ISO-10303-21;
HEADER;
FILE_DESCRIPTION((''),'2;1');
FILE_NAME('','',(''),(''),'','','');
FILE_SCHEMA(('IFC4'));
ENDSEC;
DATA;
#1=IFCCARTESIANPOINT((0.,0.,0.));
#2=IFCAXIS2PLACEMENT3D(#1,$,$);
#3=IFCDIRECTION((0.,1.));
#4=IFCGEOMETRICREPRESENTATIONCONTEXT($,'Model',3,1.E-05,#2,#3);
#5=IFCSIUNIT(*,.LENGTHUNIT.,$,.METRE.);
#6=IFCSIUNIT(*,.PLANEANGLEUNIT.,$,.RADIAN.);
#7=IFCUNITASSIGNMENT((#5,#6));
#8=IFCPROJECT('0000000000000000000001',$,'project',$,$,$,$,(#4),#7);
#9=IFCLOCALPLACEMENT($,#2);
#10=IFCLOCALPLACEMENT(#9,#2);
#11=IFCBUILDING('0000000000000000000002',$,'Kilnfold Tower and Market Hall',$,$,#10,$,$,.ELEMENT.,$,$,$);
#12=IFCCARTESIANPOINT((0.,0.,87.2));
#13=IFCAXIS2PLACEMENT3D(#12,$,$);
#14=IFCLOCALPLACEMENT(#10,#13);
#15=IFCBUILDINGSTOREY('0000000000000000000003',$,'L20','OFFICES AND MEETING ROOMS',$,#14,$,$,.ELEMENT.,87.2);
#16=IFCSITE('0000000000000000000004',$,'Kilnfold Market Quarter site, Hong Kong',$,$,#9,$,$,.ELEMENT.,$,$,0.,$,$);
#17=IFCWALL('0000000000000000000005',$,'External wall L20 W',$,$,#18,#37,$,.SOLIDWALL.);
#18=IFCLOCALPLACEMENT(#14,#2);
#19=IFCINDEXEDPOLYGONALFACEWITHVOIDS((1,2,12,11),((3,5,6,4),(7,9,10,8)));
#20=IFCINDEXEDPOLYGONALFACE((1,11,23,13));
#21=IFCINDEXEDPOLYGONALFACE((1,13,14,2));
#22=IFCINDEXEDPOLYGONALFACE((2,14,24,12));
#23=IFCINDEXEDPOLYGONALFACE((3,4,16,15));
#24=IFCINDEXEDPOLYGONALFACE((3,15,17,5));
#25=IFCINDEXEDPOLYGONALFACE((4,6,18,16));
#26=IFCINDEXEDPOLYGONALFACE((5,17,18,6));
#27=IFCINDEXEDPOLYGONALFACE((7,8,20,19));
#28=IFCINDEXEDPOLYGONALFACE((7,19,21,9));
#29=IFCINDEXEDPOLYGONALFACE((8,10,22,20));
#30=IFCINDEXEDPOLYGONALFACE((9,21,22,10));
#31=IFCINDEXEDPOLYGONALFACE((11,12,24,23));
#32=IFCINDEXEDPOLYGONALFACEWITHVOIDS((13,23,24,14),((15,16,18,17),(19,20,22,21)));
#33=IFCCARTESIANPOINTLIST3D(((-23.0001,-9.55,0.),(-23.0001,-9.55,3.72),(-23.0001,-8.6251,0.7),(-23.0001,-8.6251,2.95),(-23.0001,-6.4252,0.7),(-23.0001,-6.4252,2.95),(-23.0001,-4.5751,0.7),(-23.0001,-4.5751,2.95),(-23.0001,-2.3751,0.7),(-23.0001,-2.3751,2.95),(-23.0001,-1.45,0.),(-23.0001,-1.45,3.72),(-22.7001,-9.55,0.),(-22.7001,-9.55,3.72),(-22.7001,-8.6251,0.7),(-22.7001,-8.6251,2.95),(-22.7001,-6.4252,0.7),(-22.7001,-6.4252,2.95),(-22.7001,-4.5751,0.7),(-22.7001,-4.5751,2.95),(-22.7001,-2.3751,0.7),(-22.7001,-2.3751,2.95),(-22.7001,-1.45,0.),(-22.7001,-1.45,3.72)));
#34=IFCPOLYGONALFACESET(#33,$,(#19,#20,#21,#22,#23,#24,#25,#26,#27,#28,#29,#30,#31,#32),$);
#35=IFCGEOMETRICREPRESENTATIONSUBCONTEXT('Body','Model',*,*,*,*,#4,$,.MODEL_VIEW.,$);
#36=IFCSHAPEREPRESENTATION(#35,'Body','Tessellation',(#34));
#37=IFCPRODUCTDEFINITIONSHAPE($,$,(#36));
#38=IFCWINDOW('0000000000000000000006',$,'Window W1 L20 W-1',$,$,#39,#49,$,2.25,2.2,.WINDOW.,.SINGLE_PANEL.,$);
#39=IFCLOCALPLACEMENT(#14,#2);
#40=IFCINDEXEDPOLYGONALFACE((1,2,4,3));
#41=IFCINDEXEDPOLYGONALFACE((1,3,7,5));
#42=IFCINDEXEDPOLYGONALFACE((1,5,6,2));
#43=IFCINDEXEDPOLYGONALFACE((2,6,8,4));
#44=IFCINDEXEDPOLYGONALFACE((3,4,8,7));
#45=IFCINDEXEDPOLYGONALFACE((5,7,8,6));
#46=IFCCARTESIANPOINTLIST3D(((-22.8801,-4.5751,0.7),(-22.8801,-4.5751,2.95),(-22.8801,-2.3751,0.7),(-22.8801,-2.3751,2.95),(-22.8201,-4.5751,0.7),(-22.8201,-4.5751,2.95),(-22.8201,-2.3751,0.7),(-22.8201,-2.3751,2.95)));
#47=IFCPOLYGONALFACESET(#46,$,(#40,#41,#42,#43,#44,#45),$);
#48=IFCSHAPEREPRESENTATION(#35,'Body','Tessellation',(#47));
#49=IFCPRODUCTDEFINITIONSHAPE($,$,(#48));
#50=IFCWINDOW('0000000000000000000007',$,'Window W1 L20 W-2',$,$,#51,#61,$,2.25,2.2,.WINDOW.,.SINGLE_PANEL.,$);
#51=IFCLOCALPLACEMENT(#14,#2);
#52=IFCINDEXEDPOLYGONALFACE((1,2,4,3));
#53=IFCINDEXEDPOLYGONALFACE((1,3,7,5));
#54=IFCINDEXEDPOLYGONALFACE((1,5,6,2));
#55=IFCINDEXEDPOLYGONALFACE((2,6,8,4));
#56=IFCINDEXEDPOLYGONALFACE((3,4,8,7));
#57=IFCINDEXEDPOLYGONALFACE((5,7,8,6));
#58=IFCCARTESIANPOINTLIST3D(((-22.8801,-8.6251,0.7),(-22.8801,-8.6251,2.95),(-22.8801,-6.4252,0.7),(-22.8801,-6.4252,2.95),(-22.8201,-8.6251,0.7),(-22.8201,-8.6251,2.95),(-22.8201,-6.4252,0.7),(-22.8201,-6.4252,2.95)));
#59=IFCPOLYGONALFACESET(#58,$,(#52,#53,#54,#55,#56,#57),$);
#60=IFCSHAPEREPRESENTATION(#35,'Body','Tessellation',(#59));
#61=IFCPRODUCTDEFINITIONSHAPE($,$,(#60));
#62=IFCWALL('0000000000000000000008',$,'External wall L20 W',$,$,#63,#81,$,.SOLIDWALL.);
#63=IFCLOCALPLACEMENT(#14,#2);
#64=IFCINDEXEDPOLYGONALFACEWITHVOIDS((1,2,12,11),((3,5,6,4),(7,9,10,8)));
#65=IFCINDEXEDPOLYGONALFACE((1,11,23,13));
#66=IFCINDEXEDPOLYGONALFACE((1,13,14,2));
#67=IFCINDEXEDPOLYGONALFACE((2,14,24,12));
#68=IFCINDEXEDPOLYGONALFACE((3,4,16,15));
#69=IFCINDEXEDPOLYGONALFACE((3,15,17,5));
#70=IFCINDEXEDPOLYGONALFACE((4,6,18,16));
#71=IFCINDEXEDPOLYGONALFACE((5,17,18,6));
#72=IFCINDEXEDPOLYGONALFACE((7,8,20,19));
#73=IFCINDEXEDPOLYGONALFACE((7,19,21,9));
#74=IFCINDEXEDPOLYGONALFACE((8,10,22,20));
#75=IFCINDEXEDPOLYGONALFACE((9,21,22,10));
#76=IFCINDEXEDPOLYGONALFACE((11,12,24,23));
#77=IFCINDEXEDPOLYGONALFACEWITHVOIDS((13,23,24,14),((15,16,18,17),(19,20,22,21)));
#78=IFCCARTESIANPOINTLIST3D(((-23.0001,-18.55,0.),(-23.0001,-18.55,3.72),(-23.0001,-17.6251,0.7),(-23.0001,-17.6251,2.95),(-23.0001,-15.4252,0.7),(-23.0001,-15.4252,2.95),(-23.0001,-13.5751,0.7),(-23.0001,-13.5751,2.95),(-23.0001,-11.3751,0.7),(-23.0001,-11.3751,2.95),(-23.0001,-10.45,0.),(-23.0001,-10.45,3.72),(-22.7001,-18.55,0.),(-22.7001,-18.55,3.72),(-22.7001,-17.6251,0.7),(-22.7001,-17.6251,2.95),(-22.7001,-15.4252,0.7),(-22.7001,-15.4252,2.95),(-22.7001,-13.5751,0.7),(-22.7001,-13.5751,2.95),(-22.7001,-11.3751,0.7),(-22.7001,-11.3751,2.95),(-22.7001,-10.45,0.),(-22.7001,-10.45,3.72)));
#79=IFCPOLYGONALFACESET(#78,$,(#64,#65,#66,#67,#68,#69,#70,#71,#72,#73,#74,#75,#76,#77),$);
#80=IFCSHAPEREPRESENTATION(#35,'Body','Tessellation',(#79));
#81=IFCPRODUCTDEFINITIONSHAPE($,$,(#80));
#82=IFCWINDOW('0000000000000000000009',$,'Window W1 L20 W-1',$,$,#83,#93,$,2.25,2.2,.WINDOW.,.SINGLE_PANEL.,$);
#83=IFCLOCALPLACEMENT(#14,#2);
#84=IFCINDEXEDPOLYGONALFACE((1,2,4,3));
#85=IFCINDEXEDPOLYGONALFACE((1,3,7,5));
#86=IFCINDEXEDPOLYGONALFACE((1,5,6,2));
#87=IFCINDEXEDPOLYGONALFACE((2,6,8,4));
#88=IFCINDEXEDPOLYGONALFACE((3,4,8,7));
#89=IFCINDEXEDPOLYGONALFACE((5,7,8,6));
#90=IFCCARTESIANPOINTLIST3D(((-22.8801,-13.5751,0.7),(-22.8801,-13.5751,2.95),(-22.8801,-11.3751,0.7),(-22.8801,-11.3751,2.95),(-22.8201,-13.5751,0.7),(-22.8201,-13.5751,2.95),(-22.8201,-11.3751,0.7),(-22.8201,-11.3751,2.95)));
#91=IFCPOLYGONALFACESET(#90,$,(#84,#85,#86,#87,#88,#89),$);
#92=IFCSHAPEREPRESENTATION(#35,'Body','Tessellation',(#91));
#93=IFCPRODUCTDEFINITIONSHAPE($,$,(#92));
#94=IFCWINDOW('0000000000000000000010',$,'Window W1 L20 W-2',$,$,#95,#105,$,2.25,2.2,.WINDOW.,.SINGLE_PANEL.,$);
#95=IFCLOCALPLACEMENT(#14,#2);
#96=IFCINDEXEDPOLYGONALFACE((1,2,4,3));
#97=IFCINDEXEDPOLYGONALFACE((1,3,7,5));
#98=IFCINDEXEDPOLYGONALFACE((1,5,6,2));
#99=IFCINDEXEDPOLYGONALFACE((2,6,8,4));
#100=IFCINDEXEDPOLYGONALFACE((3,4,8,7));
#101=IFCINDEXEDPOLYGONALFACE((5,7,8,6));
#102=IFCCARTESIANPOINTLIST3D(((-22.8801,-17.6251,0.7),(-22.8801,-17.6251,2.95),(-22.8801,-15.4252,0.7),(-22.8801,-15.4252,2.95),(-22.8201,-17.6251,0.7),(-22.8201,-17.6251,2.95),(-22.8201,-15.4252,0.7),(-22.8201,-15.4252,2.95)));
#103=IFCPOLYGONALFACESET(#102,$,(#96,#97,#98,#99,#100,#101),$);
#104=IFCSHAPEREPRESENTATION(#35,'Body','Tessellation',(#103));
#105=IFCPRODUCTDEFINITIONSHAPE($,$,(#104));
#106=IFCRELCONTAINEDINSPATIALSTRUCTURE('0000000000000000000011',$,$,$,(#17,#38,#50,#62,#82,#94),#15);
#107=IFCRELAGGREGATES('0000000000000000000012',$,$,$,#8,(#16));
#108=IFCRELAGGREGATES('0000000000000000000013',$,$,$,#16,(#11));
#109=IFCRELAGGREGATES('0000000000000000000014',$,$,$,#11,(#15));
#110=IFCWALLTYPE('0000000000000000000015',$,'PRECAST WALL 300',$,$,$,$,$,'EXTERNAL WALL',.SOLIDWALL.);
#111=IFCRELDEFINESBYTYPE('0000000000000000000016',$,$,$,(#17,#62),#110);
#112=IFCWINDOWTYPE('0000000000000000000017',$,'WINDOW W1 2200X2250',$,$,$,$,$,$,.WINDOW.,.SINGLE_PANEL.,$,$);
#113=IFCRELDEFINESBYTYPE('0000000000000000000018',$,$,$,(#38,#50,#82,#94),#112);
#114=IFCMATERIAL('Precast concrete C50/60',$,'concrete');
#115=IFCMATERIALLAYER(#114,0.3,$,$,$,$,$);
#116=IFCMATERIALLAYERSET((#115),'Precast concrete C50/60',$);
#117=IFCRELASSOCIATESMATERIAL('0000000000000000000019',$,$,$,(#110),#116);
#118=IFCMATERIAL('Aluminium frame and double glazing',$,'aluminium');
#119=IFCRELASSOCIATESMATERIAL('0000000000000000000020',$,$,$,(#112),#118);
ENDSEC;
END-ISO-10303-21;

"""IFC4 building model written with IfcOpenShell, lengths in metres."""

from ifc_helpers import new_model, si_unit, direction, frame, frame_2d, origin, place, context, subcontext, project, spatial, rectangle, extrude, source, transform, mapped, material, layer, layer_set, type_object, element, fill, save


model = new_model("IFC4")

# Units and contexts
model_context = context("Model", 3, precision=1e-05, world=origin(), true_north=direction((0.0, 1.0)))
body_context = subcontext(model_context, "Body", "Model", "MODEL_VIEW")
ifc_project = project(units=[si_unit("LENGTHUNIT", "METRE"), si_unit("PLANEANGLEUNIT", "RADIAN")], contexts=[model_context])

# Site, building, storey
site_placement = place(None, origin())
site = spatial("IfcSite", under=ifc_project, at=site_placement, Name="Kilnfold Market Quarter site, Hong Kong", CompositionType="ELEMENT", RefElevation=0.0)
building_placement = place(site_placement, origin())
building = spatial("IfcBuilding", under=site, at=building_placement, Name="Kilnfold Tower and Market Hall", CompositionType="ELEMENT")
storey_placement = place(building_placement, frame((0.0, 0.0, 87.2)))
storey = spatial("IfcBuildingStorey", under=building, at=storey_placement, Name="L20", Description="OFFICES AND MEETING ROOMS", CompositionType="ELEMENT", Elevation=87.2)

# Walls, openings, windows
ifc_material_1 = material(Name="Precast concrete C50/60", Category="concrete")
ifc_layer_1 = layer(ifc_material_1, 0.3)
ifc_layer_set_1 = layer_set([ifc_layer_1], Name="Precast concrete C50/60")
wall_type_1 = type_object("IfcWallType", Name="PRECAST WALL 300", ElementType="EXTERNAL WALL", PredefinedType="SOLIDWALL", material=ifc_layer_set_1)
shared_shape_1 = source(origin(), body_context, "Body", "SweptSolid", [
    extrude(rectangle(XDim=8.1001, YDim=0.3, at=frame_2d((4.05, 0.0))), origin(), (0.0, 0.0, 1.0), 3.72),
])
wall_1_placement = place(storey_placement, frame((-22.8501, -1.45, 0.0), z_axis=(0.0, 0.0, 1.0), x_axis=(0.0, -1.0, 0.0)))
wall_1 = element("IfcWall", 1, at=wall_1_placement, inside=storey, type_object=wall_type_1, Name="External wall L20 W", PredefinedType="SOLIDWALL", context=body_context, shape_type="MappedRepresentation", body=[
    mapped(shared_shape_1, transform((0.0, 0.0, 0.0))),
])
opening_1_placement = place(wall_1_placement, frame((0.925, 0.0, 0.7)))
opening_1 = element("IfcOpeningElement", 2, at=opening_1_placement, cuts=wall_1, PredefinedType="OPENING", context=body_context, shape_type="SweptSolid", body=[
    extrude(rectangle(XDim=2.2, YDim=2.25, at=frame_2d((1.1001, 1.125))), frame((0.0, 0.1602, 0.0), z_axis=(0.0, -1.0, 0.0), x_axis=(1.0, 0.0, 0.0)), (0.0, 0.0, 1.0), 0.3201),
])
opening_2_placement = place(wall_1_placement, frame((4.9751, 0.0, 0.7)))
opening_2 = element("IfcOpeningElement", 3, at=opening_2_placement, cuts=wall_1, PredefinedType="OPENING", context=body_context, shape_type="SweptSolid", body=[
    extrude(rectangle(XDim=2.2, YDim=2.25, at=frame_2d((1.1001, 1.125))), frame((0.0, 0.1602, 0.0), z_axis=(0.0, -1.0, 0.0), x_axis=(1.0, 0.0, 0.0)), (0.0, 0.0, 1.0), 0.3201),
])
ifc_material_2 = material(Name="Aluminium frame and double glazing", Category="aluminium")
window_type = type_object("IfcWindowType", Name="WINDOW W1 2200X2250", PartitioningType="SINGLE_PANEL", PredefinedType="WINDOW", material=ifc_material_2)
window_1_placement = place(opening_1_placement, origin())
window_1 = element("IfcWindow", 4, at=window_1_placement, inside=storey, type_object=window_type, Name="Window W1 L20 W-1", OverallHeight=2.25, OverallWidth=2.2, PartitioningType="SINGLE_PANEL", PredefinedType="WINDOW", context=body_context, shape_type="SweptSolid", body=[
    extrude(rectangle(XDim=2.2, YDim=2.25, at=frame_2d((1.1001, 1.125))), frame((0.0, 0.03, 0.0), z_axis=(0.0, -1.0, 0.0), x_axis=(1.0, 0.0, 0.0)), (0.0, 0.0, 1.0), 0.0601),
])
fill(opening_1, window_1)
window_2_placement = place(opening_2_placement, origin())
window_2 = element("IfcWindow", 5, at=window_2_placement, inside=storey, type_object=window_type, Name="Window W1 L20 W-2", OverallHeight=2.25, OverallWidth=2.2, PartitioningType="SINGLE_PANEL", PredefinedType="WINDOW", context=body_context, shape_type="SweptSolid", body=[
    extrude(rectangle(XDim=2.2, YDim=2.25, at=frame_2d((1.1001, 1.125))), frame((0.0, 0.03, 0.0), z_axis=(0.0, -1.0, 0.0), x_axis=(1.0, 0.0, 0.0)), (0.0, 0.0, 1.0), 0.0601),
])
fill(opening_2, window_2)
wall_2_placement = place(storey_placement, frame((-22.8501, -10.45, 0.0), z_axis=(0.0, 0.0, 1.0), x_axis=(0.0, -1.0, 0.0)))
wall_2 = element("IfcWall", 6, at=wall_2_placement, inside=storey, type_object=wall_type_1, Name="External wall L20 W", PredefinedType="SOLIDWALL", context=body_context, shape_type="MappedRepresentation", body=[
    mapped(shared_shape_1, transform((0.0, 0.0, 0.0))),
])
opening_3_placement = place(wall_2_placement, frame((0.925, 0.0, 0.7)))
opening_3 = element("IfcOpeningElement", 7, at=opening_3_placement, cuts=wall_2, PredefinedType="OPENING", context=body_context, shape_type="SweptSolid", body=[
    extrude(rectangle(XDim=2.2, YDim=2.25, at=frame_2d((1.1001, 1.125))), frame((0.0, 0.1602, 0.0), z_axis=(0.0, -1.0, 0.0), x_axis=(1.0, 0.0, 0.0)), (0.0, 0.0, 1.0), 0.3201),
])
opening_4_placement = place(wall_2_placement, frame((4.9751, 0.0, 0.7)))
opening_4 = element("IfcOpeningElement", 8, at=opening_4_placement, cuts=wall_2, PredefinedType="OPENING", context=body_context, shape_type="SweptSolid", body=[
    extrude(rectangle(XDim=2.2, YDim=2.25, at=frame_2d((1.1001, 1.125))), frame((0.0, 0.1602, 0.0), z_axis=(0.0, -1.0, 0.0), x_axis=(1.0, 0.0, 0.0)), (0.0, 0.0, 1.0), 0.3201),
])
window_3_placement = place(opening_3_placement, origin())
window_3 = element("IfcWindow", 9, at=window_3_placement, inside=storey, type_object=window_type, Name="Window W1 L20 W-1", OverallHeight=2.25, OverallWidth=2.2, PartitioningType="SINGLE_PANEL", PredefinedType="WINDOW", context=body_context, shape_type="SweptSolid", body=[
    extrude(rectangle(XDim=2.2, YDim=2.25, at=frame_2d((1.1001, 1.125))), frame((0.0, 0.03, 0.0), z_axis=(0.0, -1.0, 0.0), x_axis=(1.0, 0.0, 0.0)), (0.0, 0.0, 1.0), 0.0601),
])
fill(opening_3, window_3)
window_4_placement = place(opening_4_placement, origin())
window_4 = element("IfcWindow", 10, at=window_4_placement, inside=storey, type_object=window_type, Name="Window W1 L20 W-2", OverallHeight=2.25, OverallWidth=2.2, PartitioningType="SINGLE_PANEL", PredefinedType="WINDOW", context=body_context, shape_type="SweptSolid", body=[
    extrude(rectangle(XDim=2.2, YDim=2.25, at=frame_2d((1.1001, 1.125))), frame((0.0, 0.03, 0.0), z_axis=(0.0, -1.0, 0.0), x_axis=(1.0, 0.0, 0.0)), (0.0, 0.0, 1.0), 0.0601),
])
fill(opening_4, window_4)

save(model, "model.ifc")
